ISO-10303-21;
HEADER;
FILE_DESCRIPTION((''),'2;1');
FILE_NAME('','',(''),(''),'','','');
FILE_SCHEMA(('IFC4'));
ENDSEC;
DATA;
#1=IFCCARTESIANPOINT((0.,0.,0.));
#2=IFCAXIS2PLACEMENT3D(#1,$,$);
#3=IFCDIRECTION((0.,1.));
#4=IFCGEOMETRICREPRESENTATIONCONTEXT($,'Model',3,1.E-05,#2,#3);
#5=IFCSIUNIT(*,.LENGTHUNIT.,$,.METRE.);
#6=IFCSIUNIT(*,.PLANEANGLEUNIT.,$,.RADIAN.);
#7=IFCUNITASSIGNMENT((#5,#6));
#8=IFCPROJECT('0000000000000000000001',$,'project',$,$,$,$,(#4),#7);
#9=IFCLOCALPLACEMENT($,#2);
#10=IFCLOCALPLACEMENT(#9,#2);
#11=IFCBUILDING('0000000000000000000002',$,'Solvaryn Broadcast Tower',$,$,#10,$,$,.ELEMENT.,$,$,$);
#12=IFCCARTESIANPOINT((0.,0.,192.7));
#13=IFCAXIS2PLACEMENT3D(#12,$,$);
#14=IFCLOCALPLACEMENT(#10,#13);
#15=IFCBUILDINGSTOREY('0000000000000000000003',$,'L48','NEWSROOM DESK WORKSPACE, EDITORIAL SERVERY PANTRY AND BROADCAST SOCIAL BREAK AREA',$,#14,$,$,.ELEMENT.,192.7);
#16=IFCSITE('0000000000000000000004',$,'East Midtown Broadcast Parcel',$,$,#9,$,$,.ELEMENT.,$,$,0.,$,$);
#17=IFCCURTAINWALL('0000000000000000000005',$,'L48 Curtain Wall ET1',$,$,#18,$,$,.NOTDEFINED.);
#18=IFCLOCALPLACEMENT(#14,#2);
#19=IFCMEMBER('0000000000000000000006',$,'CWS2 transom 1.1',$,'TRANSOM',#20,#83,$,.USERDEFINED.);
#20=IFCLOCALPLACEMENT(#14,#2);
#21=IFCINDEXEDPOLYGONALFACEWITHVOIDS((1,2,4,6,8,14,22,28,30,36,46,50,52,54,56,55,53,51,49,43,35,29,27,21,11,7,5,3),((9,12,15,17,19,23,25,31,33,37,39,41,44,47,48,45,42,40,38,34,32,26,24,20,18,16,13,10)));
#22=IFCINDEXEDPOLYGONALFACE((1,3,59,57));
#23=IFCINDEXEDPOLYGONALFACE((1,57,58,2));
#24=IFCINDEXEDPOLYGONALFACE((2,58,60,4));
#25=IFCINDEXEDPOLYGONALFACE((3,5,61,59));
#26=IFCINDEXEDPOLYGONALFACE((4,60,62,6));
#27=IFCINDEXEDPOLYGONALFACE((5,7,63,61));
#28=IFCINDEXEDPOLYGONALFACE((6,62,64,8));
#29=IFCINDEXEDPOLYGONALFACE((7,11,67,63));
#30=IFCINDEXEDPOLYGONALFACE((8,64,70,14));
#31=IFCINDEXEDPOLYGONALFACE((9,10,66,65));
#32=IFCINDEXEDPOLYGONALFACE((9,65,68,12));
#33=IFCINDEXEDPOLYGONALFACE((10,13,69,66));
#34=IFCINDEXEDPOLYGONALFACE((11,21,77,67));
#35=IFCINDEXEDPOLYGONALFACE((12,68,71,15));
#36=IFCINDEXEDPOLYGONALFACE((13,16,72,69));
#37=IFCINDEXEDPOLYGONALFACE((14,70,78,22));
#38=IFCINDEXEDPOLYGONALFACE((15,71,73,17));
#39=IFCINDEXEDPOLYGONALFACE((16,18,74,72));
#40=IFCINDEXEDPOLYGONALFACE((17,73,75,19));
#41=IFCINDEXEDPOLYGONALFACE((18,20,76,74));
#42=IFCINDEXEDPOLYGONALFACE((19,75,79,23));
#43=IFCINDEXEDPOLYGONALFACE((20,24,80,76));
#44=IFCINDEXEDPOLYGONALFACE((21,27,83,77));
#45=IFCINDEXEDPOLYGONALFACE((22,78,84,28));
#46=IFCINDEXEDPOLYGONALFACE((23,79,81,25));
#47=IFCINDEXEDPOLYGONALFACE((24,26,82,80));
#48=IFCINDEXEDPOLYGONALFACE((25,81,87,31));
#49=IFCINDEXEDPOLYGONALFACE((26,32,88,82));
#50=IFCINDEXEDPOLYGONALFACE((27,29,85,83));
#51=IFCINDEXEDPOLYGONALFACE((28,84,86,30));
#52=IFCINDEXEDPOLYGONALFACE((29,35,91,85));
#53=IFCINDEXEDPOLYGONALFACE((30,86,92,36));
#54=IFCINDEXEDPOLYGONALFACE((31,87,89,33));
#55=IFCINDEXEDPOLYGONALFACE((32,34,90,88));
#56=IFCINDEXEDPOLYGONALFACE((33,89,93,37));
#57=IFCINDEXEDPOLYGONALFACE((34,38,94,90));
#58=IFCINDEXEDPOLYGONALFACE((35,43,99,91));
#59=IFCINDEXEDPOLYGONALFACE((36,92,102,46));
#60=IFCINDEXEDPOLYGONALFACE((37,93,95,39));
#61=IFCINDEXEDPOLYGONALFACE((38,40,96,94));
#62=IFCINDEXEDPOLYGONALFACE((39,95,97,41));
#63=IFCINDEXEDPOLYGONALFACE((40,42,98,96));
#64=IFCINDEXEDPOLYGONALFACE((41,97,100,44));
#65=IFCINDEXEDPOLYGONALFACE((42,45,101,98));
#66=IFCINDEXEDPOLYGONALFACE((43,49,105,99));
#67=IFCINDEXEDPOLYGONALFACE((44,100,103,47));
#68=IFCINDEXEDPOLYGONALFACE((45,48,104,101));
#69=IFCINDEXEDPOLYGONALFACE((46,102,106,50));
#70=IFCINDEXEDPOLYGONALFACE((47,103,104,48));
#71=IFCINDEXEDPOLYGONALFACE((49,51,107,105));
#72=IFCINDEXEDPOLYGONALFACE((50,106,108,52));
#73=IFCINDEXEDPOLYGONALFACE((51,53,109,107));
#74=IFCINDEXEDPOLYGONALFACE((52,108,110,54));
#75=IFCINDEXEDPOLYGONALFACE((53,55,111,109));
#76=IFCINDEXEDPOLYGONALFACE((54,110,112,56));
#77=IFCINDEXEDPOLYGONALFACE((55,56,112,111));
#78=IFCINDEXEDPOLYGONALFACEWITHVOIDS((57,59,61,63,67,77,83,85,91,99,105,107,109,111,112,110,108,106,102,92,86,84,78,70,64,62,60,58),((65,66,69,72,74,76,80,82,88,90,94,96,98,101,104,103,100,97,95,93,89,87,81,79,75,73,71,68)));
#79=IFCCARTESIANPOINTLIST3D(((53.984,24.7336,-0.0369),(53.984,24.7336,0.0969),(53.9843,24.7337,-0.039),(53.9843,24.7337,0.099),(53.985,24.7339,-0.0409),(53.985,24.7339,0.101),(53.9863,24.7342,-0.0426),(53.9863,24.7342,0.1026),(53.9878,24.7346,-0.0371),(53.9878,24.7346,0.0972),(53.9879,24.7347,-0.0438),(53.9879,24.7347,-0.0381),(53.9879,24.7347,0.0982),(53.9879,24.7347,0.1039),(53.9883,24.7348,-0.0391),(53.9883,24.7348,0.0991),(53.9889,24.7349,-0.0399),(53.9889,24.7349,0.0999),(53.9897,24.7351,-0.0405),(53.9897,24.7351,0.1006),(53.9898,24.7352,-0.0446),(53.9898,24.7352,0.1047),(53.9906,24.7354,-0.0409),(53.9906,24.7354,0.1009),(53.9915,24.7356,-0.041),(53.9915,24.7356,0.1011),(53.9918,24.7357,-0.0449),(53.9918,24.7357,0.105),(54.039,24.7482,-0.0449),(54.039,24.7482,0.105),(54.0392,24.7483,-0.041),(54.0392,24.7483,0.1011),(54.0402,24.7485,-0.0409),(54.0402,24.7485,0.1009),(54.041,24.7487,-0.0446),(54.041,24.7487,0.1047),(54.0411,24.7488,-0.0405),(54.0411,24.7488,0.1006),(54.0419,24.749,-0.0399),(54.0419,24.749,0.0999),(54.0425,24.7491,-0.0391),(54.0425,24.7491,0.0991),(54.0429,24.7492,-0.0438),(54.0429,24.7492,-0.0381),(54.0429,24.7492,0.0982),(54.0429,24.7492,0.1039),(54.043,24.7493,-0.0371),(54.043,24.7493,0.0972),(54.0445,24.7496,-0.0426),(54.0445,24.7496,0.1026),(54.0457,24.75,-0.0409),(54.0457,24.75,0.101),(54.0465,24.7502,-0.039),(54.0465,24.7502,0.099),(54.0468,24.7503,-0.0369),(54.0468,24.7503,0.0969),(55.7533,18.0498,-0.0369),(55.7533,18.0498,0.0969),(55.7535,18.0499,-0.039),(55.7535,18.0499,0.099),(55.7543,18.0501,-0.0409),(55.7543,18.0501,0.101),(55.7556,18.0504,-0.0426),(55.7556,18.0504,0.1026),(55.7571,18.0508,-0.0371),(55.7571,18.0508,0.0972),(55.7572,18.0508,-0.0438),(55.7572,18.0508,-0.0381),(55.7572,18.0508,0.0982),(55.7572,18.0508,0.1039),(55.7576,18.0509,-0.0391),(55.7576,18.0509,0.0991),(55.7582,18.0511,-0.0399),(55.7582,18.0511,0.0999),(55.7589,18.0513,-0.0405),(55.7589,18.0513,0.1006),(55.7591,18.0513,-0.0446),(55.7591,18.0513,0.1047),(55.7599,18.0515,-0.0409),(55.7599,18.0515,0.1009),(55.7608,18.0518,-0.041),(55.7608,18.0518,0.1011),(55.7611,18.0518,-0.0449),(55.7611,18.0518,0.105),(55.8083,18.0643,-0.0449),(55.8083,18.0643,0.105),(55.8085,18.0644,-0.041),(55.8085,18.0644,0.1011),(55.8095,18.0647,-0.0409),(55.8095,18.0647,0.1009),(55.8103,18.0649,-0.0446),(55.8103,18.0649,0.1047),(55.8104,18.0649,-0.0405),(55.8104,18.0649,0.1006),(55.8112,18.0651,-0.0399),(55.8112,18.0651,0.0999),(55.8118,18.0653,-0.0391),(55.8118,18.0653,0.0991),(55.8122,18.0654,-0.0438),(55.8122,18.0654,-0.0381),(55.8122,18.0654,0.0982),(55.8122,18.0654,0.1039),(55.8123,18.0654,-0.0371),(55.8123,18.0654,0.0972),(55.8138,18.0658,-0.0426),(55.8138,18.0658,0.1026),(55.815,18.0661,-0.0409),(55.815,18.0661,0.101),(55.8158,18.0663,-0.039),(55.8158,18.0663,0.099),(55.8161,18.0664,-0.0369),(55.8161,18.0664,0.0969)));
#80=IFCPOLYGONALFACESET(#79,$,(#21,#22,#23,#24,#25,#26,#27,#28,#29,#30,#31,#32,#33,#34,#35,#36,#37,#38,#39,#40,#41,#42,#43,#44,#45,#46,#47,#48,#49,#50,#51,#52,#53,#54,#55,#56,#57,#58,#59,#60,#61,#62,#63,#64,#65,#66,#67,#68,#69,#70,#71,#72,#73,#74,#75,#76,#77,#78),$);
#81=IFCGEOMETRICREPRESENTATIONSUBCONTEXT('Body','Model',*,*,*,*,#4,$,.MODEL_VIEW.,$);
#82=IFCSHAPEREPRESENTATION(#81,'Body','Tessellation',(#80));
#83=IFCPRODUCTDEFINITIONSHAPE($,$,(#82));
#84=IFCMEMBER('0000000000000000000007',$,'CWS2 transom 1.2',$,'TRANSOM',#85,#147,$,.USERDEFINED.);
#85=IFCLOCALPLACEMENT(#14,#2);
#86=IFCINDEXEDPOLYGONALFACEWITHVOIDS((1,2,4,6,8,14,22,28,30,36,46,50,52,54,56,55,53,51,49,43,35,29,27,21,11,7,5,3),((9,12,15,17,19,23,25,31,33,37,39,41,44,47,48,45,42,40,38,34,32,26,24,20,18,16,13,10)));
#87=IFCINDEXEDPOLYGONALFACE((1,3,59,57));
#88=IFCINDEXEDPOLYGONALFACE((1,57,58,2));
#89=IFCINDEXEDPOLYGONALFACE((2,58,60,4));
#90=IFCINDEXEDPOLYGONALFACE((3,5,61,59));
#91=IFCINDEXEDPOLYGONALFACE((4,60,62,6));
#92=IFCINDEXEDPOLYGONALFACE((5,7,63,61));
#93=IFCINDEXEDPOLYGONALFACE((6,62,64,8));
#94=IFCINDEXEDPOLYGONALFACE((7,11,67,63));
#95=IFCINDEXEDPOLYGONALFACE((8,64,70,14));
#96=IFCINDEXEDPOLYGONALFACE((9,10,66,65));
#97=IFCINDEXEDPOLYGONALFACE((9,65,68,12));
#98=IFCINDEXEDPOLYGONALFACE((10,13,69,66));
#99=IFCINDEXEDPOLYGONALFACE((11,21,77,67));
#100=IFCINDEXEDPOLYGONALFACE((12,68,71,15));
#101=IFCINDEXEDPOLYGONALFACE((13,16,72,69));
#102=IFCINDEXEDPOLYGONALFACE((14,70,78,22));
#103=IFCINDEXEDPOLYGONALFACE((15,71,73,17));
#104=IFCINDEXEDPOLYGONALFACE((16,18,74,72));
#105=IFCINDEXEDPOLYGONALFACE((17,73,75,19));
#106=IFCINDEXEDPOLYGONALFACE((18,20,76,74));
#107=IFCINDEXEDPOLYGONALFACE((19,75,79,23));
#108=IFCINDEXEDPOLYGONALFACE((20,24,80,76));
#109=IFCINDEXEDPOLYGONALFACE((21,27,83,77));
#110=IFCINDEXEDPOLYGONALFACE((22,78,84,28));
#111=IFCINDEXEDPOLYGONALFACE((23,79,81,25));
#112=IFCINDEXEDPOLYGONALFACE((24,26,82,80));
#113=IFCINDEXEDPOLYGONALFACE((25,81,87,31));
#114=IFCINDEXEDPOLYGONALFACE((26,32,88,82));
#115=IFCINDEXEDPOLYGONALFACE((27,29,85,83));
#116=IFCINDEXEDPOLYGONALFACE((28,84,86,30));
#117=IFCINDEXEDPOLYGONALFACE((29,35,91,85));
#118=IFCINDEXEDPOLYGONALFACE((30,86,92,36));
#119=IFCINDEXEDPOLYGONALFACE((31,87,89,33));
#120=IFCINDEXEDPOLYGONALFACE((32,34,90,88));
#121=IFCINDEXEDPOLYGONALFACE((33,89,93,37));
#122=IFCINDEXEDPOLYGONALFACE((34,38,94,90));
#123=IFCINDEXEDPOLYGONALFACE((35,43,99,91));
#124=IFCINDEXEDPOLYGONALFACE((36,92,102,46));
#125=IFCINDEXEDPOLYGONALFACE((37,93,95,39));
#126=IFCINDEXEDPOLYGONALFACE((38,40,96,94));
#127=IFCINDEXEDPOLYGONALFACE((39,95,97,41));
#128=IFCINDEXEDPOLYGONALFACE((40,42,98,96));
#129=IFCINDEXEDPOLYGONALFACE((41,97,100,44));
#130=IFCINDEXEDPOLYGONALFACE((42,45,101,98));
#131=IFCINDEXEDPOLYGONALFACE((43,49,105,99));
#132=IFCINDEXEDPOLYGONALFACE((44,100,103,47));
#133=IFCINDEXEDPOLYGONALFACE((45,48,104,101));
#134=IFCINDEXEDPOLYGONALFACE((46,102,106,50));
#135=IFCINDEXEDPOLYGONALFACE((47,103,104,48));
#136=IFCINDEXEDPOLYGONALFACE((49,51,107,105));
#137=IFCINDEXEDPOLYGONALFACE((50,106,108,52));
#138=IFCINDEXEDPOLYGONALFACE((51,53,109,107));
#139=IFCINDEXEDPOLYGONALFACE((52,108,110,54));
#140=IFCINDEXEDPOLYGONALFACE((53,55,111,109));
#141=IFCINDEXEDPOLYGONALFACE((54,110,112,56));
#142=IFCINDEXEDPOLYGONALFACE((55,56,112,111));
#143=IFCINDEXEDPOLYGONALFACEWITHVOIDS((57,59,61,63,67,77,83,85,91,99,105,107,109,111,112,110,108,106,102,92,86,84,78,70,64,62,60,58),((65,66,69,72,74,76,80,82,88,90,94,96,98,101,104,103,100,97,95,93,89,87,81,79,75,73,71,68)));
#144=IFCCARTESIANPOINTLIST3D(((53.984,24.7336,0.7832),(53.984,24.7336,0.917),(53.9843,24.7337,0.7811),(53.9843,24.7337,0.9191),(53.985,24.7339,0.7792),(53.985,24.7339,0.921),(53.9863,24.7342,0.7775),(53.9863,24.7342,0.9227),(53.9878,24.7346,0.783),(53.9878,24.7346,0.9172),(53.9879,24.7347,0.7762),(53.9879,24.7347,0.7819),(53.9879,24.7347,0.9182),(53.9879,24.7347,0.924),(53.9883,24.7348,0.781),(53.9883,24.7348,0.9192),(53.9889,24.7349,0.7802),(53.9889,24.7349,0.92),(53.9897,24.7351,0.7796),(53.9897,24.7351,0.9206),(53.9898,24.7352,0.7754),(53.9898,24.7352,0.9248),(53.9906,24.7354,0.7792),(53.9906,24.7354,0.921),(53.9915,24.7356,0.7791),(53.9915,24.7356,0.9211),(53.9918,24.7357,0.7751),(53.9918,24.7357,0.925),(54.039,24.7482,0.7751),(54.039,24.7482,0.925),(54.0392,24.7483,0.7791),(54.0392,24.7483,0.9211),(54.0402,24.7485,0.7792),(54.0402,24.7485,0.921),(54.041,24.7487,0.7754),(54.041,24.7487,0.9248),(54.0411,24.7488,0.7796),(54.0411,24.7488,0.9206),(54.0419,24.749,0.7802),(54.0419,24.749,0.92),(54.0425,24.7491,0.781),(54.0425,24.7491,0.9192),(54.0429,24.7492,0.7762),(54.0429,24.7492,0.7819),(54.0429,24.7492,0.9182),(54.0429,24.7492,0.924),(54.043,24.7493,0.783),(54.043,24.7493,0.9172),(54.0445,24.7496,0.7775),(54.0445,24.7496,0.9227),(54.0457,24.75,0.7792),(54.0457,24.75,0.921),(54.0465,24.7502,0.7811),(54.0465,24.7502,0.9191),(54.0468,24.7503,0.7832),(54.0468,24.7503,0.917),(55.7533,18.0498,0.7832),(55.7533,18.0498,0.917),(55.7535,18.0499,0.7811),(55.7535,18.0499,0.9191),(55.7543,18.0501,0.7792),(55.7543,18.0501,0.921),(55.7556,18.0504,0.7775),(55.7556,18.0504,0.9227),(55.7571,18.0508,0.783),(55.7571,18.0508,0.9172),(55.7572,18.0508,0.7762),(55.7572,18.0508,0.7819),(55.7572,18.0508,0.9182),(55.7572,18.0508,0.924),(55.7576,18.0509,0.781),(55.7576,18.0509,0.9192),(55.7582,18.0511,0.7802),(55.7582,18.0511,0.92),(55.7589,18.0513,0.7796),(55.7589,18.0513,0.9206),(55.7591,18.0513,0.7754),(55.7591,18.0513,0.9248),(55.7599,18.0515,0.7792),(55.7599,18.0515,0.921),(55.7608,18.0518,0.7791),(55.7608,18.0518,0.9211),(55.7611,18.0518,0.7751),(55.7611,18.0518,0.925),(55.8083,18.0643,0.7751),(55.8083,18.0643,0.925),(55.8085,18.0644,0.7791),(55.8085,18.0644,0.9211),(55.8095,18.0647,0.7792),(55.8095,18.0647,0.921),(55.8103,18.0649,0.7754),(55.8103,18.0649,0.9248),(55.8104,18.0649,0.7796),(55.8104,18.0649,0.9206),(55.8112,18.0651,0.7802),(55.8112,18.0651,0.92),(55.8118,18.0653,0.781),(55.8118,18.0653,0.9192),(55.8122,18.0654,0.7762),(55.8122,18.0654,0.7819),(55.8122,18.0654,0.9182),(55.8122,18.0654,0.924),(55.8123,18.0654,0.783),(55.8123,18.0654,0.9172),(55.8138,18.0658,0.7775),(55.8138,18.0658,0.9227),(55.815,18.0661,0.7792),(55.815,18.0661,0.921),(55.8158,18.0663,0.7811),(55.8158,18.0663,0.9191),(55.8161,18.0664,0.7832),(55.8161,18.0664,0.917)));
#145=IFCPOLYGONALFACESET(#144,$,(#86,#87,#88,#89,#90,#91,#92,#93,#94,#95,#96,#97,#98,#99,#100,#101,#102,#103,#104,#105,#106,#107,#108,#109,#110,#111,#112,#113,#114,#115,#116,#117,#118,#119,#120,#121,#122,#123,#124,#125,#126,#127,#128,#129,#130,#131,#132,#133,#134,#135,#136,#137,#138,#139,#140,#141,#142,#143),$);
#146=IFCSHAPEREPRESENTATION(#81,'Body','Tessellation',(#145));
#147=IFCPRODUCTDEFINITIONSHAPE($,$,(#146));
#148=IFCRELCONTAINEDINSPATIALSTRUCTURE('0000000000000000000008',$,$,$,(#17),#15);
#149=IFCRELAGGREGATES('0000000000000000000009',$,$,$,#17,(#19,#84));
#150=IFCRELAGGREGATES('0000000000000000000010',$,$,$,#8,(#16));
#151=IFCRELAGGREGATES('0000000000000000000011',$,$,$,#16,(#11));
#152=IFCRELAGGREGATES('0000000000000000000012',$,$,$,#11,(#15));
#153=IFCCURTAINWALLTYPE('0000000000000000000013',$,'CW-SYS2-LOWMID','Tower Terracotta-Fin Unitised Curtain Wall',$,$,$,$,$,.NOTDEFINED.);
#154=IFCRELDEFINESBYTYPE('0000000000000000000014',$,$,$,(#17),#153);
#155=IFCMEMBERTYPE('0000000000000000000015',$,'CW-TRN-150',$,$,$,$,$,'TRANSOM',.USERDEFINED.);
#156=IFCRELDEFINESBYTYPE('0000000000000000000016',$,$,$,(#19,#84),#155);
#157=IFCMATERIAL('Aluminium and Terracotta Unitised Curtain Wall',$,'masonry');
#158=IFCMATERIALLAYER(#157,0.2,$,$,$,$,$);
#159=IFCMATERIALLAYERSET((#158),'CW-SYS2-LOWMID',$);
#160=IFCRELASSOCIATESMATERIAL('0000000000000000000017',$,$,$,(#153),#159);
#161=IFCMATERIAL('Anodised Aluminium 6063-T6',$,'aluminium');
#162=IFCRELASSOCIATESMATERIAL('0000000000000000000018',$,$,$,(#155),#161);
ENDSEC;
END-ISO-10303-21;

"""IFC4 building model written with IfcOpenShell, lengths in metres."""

from ifc_helpers import new_model, si_unit, direction, frame, origin, origin_2d, place, context, subcontext, project, spatial, hollow_rectangle, extrude, material, layer, layer_set, material_profile, profile_set, type_object, element, aggregate, save


model = new_model("IFC4")

# Units and contexts
model_context = context("Model", 3, precision=1e-05, world=origin(), true_north=direction((0.0, 1.0)))
body_context = subcontext(model_context, "Body", "Model", "MODEL_VIEW")
ifc_project = project(units=[si_unit("LENGTHUNIT", "METRE"), si_unit("PLANEANGLEUNIT", "RADIAN")], contexts=[model_context])

# Site, building, storey
site_placement = place(None, origin())
site = spatial("IfcSite", under=ifc_project, at=site_placement, Name="East Midtown Broadcast Parcel", CompositionType="ELEMENT", RefElevation=0.0)
building_placement = place(site_placement, origin())
building = spatial("IfcBuilding", under=site, at=building_placement, Name="Solvaryn Broadcast Tower", CompositionType="ELEMENT")
storey_placement = place(building_placement, frame((0.0, 0.0, 192.7)))
storey = spatial("IfcBuildingStorey", under=building, at=storey_placement, Name="L48", Description="NEWSROOM DESK WORKSPACE, EDITORIAL SERVERY PANTRY AND BROADCAST SOCIAL BREAK AREA", CompositionType="ELEMENT", Elevation=192.7)

# Curtain wall
ifc_material_1 = material(Name="Aluminium and Terracotta Unitised Curtain Wall", Category="masonry")
ifc_layer_1 = layer(ifc_material_1, 0.2)
ifc_layer_set_1 = layer_set([ifc_layer_1], Name="CW-SYS2-LOWMID")
curtain_wall_type = type_object("IfcCurtainWallType", Name="CW-SYS2-LOWMID", Description="Tower Terracotta-Fin Unitised Curtain Wall", PredefinedType="NOTDEFINED", material=ifc_layer_set_1)
curtain_wall_1_placement = place(storey_placement, origin())
curtain_wall_1 = element("IfcCurtainWall", 1, at=curtain_wall_1_placement, inside=storey, type_object=curtain_wall_type, Name="L48 Curtain Wall ET1", PredefinedType="NOTDEFINED")

# Members
ifc_material_2 = material(Name="Anodised Aluminium 6063-T6", Category="aluminium")
ifc_material_profile_1 = material_profile(ifc_material_2, hollow_rectangle(XDim=0.0649, YDim=0.1499, WallThickness=0.0039, InnerFilletRadius=0.0039, OuterFilletRadius=0.0081, at=origin_2d()))
ifc_profile_set_1 = profile_set([ifc_material_profile_1], Name="Anodised Aluminium 6063-T6")
member_type_1 = type_object("IfcMemberType", Name="CW-TRN-150", ElementType="TRANSOM", PredefinedType="USERDEFINED", material=ifc_profile_set_1)
member_1_placement = place(storey_placement, frame((54.0154, 24.7419, 0.03), z_axis=(0.255897, -0.966704, 0.0), x_axis=(0.966704, 0.255897, 0.0)))
member_1 = element("IfcMember", 2, at=member_1_placement, type_object=member_type_1, Name="CWS2 transom 1.1", ObjectType="TRANSOM", PredefinedType="USERDEFINED", context=body_context, shape_type="SweptSolid", body=[
    extrude(hollow_rectangle(XDim=0.0649, YDim=0.1499, WallThickness=0.0039, InnerFilletRadius=0.0039, OuterFilletRadius=0.0081, at=origin_2d()), origin(), (0.0, 0.0, 1.0), 6.9141),
])
member_2_placement = place(storey_placement, frame((54.0154, 24.7419, 0.8501), z_axis=(0.255897, -0.966704, 0.0), x_axis=(0.966704, 0.255897, 0.0)))
member_2 = element("IfcMember", 3, at=member_2_placement, type_object=member_type_1, Name="CWS2 transom 1.2", ObjectType="TRANSOM", PredefinedType="USERDEFINED", context=body_context, shape_type="SweptSolid", body=[
    extrude(hollow_rectangle(XDim=0.0649, YDim=0.1499, WallThickness=0.0039, InnerFilletRadius=0.0039, OuterFilletRadius=0.0081, at=origin_2d()), origin(), (0.0, 0.0, 1.0), 6.9141),
])

aggregate(curtain_wall_1, [member_1, member_2])

save(model, "model.ifc")
